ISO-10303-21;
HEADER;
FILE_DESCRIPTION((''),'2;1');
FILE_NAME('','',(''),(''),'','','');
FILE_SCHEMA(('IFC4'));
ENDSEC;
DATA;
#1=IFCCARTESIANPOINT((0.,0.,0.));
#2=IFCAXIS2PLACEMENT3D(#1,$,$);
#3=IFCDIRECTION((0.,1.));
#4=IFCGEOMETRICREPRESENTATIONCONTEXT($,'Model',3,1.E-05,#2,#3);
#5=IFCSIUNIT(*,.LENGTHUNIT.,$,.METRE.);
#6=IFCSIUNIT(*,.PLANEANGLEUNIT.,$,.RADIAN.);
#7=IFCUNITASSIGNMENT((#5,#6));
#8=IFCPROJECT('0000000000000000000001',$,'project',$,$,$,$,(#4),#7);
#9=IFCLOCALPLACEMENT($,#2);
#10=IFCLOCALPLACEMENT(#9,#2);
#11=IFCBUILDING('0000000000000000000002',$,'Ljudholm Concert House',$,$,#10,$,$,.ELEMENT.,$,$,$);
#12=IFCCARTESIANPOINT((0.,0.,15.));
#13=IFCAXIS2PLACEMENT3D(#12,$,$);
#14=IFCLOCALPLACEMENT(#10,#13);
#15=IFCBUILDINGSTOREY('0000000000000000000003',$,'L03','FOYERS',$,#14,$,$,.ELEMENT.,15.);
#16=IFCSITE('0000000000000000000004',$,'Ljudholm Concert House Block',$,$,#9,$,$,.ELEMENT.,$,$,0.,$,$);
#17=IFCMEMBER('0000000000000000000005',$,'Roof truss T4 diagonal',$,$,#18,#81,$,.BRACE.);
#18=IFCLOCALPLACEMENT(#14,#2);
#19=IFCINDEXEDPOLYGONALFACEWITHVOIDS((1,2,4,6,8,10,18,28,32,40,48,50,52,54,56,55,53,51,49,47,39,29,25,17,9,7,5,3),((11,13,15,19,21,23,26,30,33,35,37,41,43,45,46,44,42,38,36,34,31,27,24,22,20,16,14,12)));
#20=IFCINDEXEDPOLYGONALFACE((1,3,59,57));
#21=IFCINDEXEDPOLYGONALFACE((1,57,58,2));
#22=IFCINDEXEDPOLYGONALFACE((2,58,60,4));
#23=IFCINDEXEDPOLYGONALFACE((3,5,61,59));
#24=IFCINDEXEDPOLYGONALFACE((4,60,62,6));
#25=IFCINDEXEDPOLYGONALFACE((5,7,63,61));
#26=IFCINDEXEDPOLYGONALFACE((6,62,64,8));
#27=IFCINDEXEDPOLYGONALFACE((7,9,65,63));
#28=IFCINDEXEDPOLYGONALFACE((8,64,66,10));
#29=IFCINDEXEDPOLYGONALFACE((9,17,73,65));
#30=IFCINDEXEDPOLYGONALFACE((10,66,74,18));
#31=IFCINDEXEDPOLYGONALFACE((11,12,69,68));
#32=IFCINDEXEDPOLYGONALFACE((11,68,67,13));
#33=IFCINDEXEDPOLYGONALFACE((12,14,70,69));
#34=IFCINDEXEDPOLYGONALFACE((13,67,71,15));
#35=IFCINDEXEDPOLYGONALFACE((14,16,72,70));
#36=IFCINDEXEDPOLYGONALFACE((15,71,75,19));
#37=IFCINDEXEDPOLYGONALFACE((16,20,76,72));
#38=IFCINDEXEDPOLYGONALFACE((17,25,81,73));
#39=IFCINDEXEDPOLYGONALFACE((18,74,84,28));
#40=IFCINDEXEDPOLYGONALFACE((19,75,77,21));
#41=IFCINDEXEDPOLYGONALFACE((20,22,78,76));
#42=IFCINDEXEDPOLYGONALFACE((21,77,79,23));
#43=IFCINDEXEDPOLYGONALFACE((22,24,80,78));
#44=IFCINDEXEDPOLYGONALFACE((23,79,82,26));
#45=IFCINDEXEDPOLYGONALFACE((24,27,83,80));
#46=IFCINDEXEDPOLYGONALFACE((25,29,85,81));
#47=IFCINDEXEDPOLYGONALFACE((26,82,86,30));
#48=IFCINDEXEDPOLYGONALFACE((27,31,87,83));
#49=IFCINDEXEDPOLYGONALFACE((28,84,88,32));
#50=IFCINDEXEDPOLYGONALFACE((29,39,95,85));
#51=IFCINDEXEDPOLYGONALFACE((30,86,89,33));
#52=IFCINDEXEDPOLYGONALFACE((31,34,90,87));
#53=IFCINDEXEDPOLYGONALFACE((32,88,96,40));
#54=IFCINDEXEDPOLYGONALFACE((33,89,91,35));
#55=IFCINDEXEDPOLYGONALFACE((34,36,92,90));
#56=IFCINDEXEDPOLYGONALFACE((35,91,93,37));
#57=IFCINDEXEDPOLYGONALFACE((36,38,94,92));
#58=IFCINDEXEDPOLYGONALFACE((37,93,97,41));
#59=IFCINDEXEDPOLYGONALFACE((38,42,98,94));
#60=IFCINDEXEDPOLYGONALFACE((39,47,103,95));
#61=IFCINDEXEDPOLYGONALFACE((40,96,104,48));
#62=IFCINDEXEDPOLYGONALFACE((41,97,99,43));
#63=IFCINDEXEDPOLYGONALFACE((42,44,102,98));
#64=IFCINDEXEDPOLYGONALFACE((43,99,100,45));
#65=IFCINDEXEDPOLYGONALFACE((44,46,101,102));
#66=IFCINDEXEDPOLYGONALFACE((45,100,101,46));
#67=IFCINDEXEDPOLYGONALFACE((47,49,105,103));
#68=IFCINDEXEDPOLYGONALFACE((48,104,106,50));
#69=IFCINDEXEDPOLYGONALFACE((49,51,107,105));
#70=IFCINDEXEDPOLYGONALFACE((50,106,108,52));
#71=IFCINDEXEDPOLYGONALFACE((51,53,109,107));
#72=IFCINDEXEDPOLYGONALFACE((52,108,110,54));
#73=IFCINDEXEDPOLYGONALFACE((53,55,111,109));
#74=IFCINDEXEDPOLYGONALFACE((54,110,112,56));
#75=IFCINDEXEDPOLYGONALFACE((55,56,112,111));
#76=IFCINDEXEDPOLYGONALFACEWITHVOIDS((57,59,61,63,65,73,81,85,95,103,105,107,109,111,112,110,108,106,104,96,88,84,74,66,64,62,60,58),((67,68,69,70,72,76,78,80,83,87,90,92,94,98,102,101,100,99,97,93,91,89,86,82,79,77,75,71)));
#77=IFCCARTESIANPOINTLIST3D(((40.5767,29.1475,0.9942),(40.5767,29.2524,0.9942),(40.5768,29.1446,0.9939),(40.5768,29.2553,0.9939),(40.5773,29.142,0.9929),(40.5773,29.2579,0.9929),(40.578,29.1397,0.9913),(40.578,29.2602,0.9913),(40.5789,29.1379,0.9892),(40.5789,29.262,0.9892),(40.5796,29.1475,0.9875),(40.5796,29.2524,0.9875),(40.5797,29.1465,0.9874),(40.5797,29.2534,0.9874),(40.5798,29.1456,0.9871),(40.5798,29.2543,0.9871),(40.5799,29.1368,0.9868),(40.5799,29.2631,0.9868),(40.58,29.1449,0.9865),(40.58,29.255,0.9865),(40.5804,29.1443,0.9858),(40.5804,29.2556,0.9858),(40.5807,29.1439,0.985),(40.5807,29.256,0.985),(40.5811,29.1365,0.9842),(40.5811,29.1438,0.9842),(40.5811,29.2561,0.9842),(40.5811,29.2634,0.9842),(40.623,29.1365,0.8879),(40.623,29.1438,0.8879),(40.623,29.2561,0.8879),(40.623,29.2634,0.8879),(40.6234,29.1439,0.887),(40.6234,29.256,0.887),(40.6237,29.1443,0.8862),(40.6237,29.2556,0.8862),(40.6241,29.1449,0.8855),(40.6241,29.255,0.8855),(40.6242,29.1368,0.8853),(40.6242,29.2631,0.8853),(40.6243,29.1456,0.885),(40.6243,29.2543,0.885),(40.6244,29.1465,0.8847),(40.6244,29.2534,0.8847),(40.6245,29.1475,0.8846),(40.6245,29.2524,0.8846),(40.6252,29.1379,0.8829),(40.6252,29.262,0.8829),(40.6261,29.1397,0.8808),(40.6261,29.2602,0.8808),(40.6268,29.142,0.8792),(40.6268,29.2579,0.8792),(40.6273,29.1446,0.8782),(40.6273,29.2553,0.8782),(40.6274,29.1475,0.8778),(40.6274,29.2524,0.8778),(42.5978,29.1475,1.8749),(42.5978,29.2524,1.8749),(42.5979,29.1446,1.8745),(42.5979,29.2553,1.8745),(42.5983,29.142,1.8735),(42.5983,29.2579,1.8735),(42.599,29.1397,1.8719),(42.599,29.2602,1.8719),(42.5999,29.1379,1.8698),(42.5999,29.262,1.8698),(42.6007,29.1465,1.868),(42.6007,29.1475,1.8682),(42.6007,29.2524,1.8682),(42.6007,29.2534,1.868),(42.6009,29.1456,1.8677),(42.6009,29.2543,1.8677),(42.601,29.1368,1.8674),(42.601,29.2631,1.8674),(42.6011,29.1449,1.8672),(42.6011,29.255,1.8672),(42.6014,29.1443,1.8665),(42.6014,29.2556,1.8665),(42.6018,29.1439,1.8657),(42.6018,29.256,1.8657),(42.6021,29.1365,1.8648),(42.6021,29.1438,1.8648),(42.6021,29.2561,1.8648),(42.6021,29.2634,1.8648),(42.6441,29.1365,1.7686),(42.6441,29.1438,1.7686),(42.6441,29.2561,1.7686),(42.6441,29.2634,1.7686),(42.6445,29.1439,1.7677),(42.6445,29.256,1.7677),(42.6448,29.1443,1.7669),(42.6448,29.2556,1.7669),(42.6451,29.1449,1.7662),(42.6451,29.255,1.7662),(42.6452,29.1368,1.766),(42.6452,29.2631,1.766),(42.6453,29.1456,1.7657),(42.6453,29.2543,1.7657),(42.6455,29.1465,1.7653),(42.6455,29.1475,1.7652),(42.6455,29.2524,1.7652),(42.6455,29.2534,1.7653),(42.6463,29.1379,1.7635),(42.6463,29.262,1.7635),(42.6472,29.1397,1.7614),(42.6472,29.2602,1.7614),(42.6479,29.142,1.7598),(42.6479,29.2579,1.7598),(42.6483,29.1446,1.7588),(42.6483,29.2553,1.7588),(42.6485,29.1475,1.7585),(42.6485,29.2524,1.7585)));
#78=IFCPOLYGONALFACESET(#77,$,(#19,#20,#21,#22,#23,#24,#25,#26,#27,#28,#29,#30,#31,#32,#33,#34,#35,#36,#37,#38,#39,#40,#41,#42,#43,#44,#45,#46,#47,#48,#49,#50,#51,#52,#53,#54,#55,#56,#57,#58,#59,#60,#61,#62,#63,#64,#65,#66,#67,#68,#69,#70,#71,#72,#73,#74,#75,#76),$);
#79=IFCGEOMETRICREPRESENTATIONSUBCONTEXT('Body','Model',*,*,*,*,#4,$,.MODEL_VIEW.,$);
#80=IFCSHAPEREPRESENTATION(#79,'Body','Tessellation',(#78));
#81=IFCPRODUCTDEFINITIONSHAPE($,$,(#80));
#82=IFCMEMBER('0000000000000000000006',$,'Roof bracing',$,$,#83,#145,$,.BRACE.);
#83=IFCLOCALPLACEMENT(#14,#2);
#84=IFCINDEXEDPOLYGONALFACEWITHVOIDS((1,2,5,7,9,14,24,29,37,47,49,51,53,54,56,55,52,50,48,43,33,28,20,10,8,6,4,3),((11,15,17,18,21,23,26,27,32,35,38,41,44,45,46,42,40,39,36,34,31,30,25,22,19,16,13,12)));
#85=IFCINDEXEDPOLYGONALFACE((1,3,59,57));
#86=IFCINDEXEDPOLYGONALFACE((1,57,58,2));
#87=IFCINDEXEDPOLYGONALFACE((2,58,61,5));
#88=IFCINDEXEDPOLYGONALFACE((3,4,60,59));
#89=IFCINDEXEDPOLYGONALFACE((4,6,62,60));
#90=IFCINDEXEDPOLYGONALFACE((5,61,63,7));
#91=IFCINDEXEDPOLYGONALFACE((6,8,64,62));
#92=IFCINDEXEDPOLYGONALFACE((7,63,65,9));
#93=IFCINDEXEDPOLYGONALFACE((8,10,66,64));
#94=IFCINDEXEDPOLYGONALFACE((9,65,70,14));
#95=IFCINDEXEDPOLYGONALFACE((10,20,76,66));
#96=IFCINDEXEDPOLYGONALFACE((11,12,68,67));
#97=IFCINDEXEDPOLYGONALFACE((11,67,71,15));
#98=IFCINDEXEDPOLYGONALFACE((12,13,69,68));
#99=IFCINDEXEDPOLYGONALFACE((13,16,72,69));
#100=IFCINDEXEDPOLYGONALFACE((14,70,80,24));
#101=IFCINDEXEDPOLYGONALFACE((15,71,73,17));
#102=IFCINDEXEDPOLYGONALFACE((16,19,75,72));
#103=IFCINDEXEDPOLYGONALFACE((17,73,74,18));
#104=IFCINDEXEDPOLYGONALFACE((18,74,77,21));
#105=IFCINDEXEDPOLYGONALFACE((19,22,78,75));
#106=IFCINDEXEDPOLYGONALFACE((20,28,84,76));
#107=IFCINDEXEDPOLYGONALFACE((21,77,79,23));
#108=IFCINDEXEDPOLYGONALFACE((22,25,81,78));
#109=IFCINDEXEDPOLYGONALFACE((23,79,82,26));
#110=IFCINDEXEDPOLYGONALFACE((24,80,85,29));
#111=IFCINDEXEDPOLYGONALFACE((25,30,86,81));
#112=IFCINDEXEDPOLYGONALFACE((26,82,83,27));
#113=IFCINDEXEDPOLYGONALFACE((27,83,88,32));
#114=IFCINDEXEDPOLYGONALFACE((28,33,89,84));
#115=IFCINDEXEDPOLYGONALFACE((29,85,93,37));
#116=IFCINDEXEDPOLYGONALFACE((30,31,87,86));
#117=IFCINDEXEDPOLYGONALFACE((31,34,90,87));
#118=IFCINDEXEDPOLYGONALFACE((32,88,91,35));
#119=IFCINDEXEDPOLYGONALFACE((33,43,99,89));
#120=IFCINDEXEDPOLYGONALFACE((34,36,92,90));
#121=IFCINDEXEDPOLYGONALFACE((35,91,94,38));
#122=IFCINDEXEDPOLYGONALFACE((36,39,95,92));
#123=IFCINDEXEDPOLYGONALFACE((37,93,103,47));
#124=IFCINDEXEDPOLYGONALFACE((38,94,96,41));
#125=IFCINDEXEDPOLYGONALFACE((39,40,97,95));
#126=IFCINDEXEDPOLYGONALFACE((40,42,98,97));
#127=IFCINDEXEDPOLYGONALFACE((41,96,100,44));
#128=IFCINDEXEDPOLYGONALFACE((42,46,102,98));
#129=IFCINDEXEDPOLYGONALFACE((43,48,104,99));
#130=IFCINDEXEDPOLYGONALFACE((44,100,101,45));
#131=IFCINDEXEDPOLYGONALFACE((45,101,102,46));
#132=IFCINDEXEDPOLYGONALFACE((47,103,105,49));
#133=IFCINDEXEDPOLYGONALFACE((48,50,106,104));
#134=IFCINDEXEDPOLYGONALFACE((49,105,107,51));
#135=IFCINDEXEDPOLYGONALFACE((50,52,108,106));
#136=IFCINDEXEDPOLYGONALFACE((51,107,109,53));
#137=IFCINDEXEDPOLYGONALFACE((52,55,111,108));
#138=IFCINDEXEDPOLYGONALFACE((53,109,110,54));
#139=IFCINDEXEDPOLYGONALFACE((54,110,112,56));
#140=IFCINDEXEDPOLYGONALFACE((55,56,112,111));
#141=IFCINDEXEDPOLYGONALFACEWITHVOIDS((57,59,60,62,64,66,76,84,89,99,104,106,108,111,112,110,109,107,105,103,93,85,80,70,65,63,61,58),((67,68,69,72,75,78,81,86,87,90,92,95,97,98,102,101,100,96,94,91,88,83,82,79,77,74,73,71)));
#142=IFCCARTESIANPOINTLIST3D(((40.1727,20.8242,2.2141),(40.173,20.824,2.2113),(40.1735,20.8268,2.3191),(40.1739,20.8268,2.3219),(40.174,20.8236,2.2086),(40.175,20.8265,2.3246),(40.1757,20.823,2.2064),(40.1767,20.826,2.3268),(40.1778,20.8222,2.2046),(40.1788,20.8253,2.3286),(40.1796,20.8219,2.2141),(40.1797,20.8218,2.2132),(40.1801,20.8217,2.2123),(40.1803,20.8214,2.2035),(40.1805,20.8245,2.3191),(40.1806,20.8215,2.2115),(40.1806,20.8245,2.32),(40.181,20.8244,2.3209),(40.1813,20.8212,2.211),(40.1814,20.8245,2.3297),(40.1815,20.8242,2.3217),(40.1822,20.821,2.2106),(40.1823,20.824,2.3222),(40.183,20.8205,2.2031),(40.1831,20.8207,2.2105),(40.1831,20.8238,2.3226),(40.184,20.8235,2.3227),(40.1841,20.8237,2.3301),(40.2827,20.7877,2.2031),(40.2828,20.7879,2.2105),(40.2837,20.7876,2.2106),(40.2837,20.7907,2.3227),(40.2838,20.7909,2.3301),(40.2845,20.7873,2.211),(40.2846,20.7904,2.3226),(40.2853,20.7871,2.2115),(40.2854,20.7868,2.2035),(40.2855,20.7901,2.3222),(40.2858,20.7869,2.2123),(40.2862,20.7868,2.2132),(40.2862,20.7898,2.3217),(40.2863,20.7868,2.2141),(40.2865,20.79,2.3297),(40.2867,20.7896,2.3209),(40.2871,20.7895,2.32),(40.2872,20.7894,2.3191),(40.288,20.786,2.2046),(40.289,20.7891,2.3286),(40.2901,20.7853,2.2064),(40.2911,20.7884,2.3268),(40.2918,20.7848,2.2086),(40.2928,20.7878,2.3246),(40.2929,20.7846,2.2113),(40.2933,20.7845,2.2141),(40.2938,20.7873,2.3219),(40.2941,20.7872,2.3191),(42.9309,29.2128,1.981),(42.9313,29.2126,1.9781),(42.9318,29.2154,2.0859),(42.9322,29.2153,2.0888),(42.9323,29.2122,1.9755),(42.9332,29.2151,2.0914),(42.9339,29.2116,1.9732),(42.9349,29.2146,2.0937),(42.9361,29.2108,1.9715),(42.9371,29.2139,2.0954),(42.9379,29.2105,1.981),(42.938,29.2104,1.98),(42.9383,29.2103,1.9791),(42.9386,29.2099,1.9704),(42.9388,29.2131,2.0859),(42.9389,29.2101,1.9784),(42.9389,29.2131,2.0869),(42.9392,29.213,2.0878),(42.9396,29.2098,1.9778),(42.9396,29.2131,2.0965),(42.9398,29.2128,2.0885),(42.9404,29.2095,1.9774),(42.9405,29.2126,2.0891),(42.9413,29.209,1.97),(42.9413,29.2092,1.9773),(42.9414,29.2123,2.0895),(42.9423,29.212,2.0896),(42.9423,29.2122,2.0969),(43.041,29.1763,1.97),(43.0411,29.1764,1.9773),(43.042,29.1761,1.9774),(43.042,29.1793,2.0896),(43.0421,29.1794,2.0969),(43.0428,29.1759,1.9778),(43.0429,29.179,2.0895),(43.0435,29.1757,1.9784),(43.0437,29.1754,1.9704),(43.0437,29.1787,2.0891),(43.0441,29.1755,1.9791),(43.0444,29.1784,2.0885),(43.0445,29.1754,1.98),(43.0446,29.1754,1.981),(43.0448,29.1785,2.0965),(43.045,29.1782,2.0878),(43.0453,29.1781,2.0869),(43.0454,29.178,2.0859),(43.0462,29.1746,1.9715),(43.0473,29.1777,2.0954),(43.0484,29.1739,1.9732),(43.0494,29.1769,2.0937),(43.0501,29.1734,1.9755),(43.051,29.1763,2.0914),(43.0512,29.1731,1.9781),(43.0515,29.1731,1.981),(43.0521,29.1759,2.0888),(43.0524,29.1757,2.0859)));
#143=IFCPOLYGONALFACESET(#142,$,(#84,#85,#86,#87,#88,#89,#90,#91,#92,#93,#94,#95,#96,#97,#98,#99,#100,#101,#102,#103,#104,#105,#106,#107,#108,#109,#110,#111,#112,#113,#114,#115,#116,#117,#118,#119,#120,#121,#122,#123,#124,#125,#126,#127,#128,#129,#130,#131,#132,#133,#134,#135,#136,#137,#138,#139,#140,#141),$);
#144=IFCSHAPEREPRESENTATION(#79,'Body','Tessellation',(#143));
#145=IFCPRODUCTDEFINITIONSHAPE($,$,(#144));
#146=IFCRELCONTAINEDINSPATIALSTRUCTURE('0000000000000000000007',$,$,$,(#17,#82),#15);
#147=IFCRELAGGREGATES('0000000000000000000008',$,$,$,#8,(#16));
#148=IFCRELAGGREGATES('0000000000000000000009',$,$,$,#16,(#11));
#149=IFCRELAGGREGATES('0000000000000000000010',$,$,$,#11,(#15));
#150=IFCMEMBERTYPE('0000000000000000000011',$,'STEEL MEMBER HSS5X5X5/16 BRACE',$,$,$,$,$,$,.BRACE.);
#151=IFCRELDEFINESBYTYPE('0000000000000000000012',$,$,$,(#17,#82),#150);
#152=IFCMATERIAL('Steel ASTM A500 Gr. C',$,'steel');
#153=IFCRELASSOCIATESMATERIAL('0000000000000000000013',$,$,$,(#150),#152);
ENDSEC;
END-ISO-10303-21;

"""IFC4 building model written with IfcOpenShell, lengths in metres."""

from ifc_helpers import new_model, si_unit, direction, frame, origin, origin_2d, place, context, subcontext, project, spatial, hollow_rectangle, extrude, material, material_profile, profile_set, type_object, element, save


model = new_model("IFC4")

# Units and contexts
model_context = context("Model", 3, precision=1e-05, world=origin(), true_north=direction((0.0, 1.0)))
body_context = subcontext(model_context, "Body", "Model", "MODEL_VIEW")
ifc_project = project(units=[si_unit("LENGTHUNIT", "METRE"), si_unit("PLANEANGLEUNIT", "RADIAN")], contexts=[model_context])

# Site, building, storey
site_placement = place(None, origin())
site = spatial("IfcSite", under=ifc_project, at=site_placement, Name="Ljudholm Concert House Block", CompositionType="ELEMENT", RefElevation=0.0)
building_placement = place(site_placement, origin())
building = spatial("IfcBuilding", under=site, at=building_placement, Name="Ljudholm Concert House", CompositionType="ELEMENT")
storey_placement = place(building_placement, frame((0.0, 0.0, 15.0)))
storey = spatial("IfcBuildingStorey", under=building, at=storey_placement, Name="L03", Description="FOYERS", CompositionType="ELEMENT", Elevation=15.0)

# Members
ifc_material_1 = material(Name="Steel ASTM A500 Gr. C", Category="steel")
ifc_material_profile_1 = material_profile(ifc_material_1, hollow_rectangle(XDim=0.127, YDim=0.127, WallThickness=0.0073, InnerFilletRadius=0.0037, OuterFilletRadius=0.011, at=origin_2d()), Name="HSS5X5X5/16")
ifc_profile_set_1 = profile_set([ifc_material_profile_1], Name="Steel ASTM A500 Gr. C")
member_type_1 = type_object("IfcMemberType", Name="STEEL MEMBER HSS5X5X5/16 BRACE", PredefinedType="BRACE", material=ifc_profile_set_1)
member_1_placement = place(storey_placement, frame((40.6021, 29.2, 0.936), z_axis=(0.916751, 0.0, 0.399459), x_axis=(0.0, 1.0, 0.0)))
element("IfcMember", 1, at=member_1_placement, inside=storey, type_object=member_type_1, Name="Roof truss T4 diagonal", PredefinedType="BRACE", context=body_context, shape_type="SweptSolid", body=[
    extrude(hollow_rectangle(XDim=0.127, YDim=0.127, WallThickness=0.0073, InnerFilletRadius=0.0037, OuterFilletRadius=0.011, at=origin_2d()), origin(), (0.0, 0.0, 1.0), 2.2046),
])
member_2_placement = place(storey_placement, frame((40.2334, 20.8057, 2.2666), z_axis=(0.312251, 0.949633, -0.026394), x_axis=(-0.949964, 0.31236, 0.0)))
element("IfcMember", 2, at=member_2_placement, inside=storey, type_object=member_type_1, Name="Roof bracing", PredefinedType="BRACE", context=body_context, shape_type="SweptSolid", body=[
    extrude(hollow_rectangle(XDim=0.127, YDim=0.127, WallThickness=0.0073, InnerFilletRadius=0.0037, OuterFilletRadius=0.011, at=origin_2d()), origin(), (0.0, 0.0, 1.0), 8.8335),
])

save(model, "model.ifc")
